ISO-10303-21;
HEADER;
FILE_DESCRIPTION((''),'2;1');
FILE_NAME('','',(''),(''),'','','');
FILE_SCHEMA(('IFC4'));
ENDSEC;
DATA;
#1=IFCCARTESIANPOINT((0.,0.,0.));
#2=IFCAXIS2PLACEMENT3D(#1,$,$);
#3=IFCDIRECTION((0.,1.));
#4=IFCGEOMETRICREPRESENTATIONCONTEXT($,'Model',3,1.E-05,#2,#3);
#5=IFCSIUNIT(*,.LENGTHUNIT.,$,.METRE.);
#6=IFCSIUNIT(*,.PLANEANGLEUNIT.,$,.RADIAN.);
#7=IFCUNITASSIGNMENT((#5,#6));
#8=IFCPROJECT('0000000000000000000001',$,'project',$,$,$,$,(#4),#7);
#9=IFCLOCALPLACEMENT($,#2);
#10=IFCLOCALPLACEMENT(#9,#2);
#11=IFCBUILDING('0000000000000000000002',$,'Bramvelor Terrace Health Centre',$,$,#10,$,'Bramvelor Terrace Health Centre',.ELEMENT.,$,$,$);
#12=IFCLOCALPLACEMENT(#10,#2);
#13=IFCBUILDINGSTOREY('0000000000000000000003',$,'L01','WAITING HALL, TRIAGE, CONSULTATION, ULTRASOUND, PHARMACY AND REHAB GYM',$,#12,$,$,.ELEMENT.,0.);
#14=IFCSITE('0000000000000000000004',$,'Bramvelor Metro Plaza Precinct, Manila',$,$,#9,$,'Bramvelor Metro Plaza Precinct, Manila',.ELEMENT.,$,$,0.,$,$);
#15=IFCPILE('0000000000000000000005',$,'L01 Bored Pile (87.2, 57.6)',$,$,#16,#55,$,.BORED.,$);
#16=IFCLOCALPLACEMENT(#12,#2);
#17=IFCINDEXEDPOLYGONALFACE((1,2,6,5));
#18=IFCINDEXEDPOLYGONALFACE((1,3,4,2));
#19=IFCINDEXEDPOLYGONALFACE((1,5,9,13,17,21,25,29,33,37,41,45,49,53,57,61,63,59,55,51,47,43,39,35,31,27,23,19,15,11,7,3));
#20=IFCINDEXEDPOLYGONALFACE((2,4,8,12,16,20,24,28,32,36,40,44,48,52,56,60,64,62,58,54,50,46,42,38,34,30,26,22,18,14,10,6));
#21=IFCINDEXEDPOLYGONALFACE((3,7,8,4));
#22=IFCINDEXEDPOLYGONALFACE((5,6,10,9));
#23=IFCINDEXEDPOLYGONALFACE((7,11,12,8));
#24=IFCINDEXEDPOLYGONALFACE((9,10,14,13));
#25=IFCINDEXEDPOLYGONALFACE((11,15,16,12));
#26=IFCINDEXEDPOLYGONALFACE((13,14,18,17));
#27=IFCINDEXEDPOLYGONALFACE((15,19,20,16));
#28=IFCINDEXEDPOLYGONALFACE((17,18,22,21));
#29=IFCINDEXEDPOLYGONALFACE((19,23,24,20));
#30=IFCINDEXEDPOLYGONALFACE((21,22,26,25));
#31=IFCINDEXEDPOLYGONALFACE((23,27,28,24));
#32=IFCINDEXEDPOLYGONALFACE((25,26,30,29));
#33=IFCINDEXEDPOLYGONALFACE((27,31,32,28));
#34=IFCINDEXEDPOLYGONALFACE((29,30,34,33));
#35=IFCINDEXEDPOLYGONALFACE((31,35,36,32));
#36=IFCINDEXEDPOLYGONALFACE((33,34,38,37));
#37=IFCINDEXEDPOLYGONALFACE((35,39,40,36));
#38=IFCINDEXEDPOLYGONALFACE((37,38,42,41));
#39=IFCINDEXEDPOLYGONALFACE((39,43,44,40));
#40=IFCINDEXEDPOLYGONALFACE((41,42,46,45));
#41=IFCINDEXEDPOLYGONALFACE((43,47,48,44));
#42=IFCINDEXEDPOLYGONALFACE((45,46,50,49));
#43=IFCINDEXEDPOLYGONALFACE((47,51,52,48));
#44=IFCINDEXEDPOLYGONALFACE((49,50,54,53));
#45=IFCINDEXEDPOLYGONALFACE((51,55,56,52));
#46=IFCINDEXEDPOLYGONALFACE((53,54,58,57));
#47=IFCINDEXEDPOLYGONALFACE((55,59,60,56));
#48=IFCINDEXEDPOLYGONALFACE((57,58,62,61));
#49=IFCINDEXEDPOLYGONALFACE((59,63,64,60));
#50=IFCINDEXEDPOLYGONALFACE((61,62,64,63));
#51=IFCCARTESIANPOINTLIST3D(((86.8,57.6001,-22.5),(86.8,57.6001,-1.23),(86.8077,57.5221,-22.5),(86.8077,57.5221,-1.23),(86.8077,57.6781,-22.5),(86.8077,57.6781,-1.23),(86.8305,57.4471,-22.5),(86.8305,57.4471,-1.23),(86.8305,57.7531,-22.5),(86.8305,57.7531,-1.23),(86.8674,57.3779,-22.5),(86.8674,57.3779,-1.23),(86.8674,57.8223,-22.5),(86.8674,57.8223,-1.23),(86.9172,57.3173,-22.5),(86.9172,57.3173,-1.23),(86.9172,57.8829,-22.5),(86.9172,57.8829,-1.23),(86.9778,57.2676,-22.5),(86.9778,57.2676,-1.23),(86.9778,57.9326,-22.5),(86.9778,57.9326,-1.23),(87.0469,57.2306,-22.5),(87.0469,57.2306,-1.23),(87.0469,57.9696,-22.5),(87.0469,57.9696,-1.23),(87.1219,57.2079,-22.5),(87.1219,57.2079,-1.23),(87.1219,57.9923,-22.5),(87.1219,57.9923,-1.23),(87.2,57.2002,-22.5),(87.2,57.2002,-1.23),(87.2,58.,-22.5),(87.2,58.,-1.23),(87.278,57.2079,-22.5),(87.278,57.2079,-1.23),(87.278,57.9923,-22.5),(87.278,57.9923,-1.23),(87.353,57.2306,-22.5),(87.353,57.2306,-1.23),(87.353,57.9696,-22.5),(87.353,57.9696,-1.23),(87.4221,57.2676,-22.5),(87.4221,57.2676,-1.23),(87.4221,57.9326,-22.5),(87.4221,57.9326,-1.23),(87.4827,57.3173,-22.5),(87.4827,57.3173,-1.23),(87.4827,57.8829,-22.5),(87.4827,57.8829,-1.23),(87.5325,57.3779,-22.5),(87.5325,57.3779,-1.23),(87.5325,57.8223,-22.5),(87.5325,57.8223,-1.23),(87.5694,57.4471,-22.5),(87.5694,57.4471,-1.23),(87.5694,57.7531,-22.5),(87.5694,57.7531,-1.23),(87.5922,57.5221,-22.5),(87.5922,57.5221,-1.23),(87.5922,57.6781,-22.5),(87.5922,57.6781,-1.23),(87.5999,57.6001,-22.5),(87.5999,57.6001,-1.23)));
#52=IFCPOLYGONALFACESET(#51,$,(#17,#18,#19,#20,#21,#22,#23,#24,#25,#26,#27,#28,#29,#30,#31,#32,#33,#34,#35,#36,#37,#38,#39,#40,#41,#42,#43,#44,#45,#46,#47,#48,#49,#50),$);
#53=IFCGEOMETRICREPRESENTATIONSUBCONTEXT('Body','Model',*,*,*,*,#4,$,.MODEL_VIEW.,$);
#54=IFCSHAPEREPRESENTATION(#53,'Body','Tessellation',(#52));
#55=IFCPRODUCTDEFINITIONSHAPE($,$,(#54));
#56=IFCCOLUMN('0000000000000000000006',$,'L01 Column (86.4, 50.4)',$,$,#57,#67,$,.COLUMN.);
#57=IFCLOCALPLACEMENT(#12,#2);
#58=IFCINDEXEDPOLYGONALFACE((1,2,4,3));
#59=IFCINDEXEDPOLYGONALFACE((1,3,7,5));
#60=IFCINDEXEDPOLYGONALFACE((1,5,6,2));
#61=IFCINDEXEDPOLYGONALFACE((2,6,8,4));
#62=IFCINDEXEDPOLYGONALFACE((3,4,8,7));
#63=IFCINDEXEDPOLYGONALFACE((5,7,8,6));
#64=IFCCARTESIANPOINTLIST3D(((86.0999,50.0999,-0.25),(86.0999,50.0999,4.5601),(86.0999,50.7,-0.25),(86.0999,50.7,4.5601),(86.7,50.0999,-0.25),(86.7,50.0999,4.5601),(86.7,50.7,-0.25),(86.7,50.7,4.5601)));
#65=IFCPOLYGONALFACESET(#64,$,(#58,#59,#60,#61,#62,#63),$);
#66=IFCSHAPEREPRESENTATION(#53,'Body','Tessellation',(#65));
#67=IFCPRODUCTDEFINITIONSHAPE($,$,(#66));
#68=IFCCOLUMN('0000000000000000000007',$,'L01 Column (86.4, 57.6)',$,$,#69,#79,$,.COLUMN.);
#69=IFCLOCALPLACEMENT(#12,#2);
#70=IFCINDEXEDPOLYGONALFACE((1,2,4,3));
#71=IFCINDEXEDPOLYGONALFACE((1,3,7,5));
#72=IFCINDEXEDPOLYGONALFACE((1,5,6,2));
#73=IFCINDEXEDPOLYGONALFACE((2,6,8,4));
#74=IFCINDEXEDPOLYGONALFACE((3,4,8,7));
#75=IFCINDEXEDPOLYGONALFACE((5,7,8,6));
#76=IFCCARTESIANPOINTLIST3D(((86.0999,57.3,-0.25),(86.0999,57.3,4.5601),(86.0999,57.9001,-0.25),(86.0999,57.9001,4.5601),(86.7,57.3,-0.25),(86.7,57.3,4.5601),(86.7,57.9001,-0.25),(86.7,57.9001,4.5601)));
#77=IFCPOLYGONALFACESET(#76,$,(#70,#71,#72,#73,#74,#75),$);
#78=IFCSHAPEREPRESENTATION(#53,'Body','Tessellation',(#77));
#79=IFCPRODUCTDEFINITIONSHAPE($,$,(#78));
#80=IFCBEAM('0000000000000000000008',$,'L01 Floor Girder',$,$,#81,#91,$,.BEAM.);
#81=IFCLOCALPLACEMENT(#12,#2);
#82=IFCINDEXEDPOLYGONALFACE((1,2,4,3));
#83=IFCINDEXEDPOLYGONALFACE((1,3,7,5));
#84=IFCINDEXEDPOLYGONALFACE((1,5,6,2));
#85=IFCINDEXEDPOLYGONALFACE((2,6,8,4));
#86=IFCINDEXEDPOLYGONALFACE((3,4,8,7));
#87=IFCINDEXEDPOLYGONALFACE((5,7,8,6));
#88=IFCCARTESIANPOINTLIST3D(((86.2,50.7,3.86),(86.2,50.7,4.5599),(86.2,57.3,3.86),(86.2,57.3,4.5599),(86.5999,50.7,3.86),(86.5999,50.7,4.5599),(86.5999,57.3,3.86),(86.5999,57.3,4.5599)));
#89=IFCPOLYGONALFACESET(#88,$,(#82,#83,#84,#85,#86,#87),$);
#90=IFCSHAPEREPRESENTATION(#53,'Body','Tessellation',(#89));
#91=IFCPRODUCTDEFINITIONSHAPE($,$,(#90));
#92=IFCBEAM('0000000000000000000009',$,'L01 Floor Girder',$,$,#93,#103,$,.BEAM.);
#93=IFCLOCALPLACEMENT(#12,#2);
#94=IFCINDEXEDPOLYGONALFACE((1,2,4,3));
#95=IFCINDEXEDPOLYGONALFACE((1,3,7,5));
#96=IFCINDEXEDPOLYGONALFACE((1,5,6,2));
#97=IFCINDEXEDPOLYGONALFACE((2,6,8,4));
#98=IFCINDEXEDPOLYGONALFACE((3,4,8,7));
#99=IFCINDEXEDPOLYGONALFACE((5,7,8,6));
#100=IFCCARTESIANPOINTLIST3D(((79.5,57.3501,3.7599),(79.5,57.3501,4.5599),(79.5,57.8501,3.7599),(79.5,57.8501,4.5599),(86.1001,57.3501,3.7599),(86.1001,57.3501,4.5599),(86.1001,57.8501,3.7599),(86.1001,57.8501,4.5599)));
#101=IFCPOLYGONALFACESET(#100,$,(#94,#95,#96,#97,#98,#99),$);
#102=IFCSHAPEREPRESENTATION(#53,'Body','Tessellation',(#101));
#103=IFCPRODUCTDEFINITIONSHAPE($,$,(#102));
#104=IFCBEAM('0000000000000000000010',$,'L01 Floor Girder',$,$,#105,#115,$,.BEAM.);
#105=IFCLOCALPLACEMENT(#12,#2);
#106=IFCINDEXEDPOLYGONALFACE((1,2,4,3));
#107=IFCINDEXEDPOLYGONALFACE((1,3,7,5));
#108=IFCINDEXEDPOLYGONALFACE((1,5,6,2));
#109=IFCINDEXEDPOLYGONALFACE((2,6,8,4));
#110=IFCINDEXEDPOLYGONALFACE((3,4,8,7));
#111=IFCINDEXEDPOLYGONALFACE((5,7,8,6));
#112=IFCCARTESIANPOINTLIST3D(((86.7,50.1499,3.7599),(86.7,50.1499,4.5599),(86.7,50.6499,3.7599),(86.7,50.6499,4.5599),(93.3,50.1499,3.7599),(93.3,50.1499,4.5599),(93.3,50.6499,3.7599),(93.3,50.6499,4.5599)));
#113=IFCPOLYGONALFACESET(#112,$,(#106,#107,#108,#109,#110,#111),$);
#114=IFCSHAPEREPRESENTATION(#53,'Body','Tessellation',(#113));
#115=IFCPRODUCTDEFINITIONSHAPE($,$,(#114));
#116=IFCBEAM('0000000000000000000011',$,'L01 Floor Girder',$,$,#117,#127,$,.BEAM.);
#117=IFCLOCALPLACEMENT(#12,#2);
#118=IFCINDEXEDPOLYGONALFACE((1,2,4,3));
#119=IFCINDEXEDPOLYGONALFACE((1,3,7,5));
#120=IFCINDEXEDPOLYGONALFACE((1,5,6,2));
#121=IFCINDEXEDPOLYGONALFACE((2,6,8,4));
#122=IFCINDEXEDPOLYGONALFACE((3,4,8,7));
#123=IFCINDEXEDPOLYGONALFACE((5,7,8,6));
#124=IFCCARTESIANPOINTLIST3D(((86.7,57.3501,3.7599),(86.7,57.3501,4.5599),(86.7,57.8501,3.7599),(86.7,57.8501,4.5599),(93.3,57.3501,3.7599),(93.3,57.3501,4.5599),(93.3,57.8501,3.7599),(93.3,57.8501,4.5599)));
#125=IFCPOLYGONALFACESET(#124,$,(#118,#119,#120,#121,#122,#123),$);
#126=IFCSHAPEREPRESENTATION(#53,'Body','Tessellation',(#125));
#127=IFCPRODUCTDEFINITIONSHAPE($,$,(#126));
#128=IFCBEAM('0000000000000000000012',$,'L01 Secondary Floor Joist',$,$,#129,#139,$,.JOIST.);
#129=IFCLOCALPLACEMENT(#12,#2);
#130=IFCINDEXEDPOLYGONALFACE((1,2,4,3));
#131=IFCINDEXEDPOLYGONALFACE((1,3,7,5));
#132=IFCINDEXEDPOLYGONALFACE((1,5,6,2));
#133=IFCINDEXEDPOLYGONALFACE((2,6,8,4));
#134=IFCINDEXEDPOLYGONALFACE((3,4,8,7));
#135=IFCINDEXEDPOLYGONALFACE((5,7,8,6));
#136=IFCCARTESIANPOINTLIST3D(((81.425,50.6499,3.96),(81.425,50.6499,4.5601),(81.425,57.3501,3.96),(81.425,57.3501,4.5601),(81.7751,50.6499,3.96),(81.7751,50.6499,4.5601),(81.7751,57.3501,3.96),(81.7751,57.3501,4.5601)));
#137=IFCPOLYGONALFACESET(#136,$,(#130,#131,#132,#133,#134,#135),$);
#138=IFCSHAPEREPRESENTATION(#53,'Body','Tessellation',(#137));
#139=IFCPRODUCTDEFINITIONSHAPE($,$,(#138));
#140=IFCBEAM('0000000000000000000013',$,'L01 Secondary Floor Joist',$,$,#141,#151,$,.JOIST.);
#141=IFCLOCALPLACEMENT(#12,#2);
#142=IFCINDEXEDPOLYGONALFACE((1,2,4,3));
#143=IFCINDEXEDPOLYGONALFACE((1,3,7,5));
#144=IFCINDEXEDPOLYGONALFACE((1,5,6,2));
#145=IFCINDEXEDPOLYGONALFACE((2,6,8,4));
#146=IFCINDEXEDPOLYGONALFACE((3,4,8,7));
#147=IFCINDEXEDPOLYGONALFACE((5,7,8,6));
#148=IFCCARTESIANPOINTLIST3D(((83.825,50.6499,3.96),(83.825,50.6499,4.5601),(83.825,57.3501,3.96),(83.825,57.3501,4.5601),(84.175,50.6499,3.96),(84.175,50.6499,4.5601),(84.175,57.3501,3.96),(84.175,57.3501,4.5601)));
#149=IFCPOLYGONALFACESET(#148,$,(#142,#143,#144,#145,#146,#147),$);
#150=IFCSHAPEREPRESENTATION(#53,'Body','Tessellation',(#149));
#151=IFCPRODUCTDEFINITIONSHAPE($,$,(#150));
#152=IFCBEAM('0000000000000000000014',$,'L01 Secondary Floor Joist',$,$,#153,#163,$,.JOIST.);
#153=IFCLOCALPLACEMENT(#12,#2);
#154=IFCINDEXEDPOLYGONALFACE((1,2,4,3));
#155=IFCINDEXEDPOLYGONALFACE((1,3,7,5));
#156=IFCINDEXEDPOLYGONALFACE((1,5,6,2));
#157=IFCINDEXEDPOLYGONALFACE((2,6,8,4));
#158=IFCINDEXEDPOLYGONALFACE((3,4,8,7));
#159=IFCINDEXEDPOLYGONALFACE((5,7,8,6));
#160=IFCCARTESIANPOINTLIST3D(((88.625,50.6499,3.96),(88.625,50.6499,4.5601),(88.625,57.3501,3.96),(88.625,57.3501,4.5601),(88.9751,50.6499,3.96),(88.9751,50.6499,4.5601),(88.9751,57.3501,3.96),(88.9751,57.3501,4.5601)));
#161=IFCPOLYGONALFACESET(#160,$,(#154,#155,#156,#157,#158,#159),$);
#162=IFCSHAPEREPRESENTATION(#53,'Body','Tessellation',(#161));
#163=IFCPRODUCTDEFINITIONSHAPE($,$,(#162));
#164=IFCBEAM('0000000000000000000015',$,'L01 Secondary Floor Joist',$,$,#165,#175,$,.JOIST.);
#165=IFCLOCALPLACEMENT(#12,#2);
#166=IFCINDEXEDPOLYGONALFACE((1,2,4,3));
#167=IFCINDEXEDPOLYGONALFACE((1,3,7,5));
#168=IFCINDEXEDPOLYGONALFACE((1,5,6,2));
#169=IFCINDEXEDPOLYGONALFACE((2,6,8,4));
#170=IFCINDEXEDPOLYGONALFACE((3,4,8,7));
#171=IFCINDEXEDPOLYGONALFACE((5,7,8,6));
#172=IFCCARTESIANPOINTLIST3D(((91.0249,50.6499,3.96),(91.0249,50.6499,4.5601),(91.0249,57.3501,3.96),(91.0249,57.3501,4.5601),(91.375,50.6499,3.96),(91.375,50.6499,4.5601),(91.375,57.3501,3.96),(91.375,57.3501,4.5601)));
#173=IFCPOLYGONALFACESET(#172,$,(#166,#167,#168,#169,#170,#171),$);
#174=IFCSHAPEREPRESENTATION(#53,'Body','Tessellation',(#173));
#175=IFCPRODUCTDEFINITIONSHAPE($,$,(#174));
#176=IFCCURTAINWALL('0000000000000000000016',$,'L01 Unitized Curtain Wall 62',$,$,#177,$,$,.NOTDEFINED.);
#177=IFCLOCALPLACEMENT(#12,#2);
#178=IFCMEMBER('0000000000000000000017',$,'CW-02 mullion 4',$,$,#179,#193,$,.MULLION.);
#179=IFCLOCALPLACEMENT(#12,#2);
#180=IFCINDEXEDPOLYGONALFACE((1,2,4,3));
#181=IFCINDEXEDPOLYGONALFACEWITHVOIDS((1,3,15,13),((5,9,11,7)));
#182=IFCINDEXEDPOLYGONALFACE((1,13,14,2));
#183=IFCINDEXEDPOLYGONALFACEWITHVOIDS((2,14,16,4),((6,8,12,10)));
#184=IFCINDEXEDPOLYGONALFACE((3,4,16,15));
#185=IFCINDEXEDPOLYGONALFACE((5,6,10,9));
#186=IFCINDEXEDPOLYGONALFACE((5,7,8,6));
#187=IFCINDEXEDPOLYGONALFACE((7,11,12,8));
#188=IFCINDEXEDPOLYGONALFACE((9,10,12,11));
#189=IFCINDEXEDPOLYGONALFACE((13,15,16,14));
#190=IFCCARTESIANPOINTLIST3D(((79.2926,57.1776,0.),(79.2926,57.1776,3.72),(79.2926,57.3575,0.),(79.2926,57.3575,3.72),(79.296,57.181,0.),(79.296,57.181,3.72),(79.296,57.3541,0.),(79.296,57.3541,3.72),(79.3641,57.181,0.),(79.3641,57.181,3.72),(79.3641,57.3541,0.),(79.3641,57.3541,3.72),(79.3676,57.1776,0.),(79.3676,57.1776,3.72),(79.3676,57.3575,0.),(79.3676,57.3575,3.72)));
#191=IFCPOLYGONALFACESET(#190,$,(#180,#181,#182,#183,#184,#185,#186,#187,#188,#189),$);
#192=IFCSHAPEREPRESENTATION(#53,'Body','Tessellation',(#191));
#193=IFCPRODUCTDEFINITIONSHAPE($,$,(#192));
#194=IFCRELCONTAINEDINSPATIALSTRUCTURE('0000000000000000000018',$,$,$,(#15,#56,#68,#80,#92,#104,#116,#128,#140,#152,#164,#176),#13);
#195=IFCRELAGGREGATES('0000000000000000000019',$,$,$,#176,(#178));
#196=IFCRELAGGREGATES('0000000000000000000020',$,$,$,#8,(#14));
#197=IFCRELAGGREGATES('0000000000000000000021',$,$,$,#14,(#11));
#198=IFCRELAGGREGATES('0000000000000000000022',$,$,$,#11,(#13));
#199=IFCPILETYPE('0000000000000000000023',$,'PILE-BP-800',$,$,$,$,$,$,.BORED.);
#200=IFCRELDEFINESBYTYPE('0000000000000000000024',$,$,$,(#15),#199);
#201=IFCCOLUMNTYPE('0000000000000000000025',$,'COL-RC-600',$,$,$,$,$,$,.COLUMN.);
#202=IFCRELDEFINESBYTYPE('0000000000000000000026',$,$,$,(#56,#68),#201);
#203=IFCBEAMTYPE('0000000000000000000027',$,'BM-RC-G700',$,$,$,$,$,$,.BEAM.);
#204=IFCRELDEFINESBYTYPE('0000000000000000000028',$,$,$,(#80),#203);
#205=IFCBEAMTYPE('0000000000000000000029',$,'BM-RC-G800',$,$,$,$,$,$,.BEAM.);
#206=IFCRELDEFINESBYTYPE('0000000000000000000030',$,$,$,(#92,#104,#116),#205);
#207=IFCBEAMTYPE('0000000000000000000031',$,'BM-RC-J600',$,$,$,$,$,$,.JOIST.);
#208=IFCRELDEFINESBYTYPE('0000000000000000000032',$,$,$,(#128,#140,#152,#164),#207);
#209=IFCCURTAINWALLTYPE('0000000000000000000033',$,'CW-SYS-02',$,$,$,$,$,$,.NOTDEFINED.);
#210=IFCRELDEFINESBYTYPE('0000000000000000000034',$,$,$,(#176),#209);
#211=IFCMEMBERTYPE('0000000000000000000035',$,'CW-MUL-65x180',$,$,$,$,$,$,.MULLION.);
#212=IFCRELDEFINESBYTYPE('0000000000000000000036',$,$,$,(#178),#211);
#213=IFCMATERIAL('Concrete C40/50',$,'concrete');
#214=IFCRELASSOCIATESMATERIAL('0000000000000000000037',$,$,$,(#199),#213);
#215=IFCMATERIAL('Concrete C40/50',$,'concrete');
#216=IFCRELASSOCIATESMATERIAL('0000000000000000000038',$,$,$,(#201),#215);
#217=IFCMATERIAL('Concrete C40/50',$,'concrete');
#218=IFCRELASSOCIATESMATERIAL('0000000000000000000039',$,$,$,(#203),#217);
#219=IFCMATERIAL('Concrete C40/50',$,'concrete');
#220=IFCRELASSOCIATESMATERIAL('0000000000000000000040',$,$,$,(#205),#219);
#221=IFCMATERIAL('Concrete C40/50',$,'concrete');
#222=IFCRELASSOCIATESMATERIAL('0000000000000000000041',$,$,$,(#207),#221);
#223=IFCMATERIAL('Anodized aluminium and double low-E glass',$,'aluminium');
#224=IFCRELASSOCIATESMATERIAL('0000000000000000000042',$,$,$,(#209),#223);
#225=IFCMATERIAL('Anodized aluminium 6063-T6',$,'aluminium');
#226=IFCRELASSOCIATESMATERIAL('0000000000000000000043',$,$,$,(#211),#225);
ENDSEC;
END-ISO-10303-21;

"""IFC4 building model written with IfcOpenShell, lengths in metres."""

from ifc_helpers import new_model, si_unit, direction, frame, origin, origin_2d, place, context, subcontext, project, spatial, rectangle, hollow_rectangle, circle, extrude, material, material_profile, profile_set, type_object, element, aggregate, save


model = new_model("IFC4")

# Units and contexts
model_context = context("Model", 3, precision=1e-05, world=origin(), true_north=direction((0.0, 1.0)))
body_context = subcontext(model_context, "Body", "Model", "MODEL_VIEW")
ifc_project = project(units=[si_unit("LENGTHUNIT", "METRE"), si_unit("PLANEANGLEUNIT", "RADIAN")], contexts=[model_context])

# Site, building, storey
site_placement = place(None, origin())
site = spatial("IfcSite", under=ifc_project, at=site_placement, Name="Bramvelor Metro Plaza Precinct, Manila", LongName="Bramvelor Metro Plaza Precinct, Manila", CompositionType="ELEMENT", RefElevation=0.0)
building_placement = place(site_placement, origin())
building = spatial("IfcBuilding", under=site, at=building_placement, Name="Bramvelor Terrace Health Centre", LongName="Bramvelor Terrace Health Centre", CompositionType="ELEMENT")
storey_placement = place(building_placement, origin())
storey = spatial("IfcBuildingStorey", under=building, at=storey_placement, Name="L01", Description="WAITING HALL, TRIAGE, CONSULTATION, ULTRASOUND, PHARMACY AND REHAB GYM", CompositionType="ELEMENT", Elevation=0.0)

# Pile
ifc_material_1 = material(Name="Concrete C40/50", Category="concrete")
ifc_material_profile_1 = material_profile(ifc_material_1, circle(Radius=0.3999, at=origin_2d()), Name="BP D800")
ifc_profile_set_1 = profile_set([ifc_material_profile_1], Name="Concrete C40/50")
pile_type = type_object("IfcPileType", Name="PILE-BP-800", PredefinedType="BORED", material=ifc_profile_set_1)
for number, where, z_axis, x_axis, name in (
    (1, (87.2, 57.6001, -1.23), (0.0, 0.0, -1.0), (1.0, 0.0, 0.0), "L01 Bored Pile (87.2, 57.6)"),
):
    element("IfcPile", number, at=place(storey_placement, frame(where, z_axis=z_axis, x_axis=x_axis)), inside=storey, type_object=pile_type, Name=name, PredefinedType="BORED", context=body_context, shape_type="SweptSolid", body=[
        extrude(circle(Radius=0.3999, at=origin_2d()), origin(), (0.0, 0.0, 1.0), 21.27),
    ])

# Columns
ifc_material_2 = material(Name="Concrete C40/50", Category="concrete")
ifc_material_profile_2 = material_profile(ifc_material_2, rectangle(XDim=0.6001, YDim=0.6001, at=origin_2d()), Name="RC 600x600")
ifc_profile_set_2 = profile_set([ifc_material_profile_2], Name="Concrete C40/50")
column_type = type_object("IfcColumnType", Name="COL-RC-600", PredefinedType="COLUMN", material=ifc_profile_set_2)
for number, where, z_axis, x_axis, name in (
    (2, (86.3999, 50.3999, -0.25), (0.0, 0.0, 1.0), (1.0, 0.0, 0.0), "L01 Column (86.4, 50.4)"),
    (3, (86.3999, 57.6001, -0.25), (0.0, 0.0, 1.0), (1.0, 0.0, 0.0), "L01 Column (86.4, 57.6)"),
):
    element("IfcColumn", number, at=place(storey_placement, frame(where, z_axis=z_axis, x_axis=x_axis)), inside=storey, type_object=column_type, Name=name, PredefinedType="COLUMN", context=body_context, shape_type="SweptSolid", body=[
        extrude(rectangle(XDim=0.6001, YDim=0.6001, at=origin_2d()), origin(), (0.0, 0.0, 1.0), 4.8101),
    ])

# Beams
ifc_material_3 = material(Name="Concrete C40/50", Category="concrete")
ifc_material_profile_3 = material_profile(ifc_material_3, rectangle(XDim=0.3999, YDim=0.7, at=origin_2d()), Name="RC 400x700")
ifc_profile_set_3 = profile_set([ifc_material_profile_3], Name="Concrete C40/50")
beam_type_1 = type_object("IfcBeamType", Name="BM-RC-G700", PredefinedType="BEAM", material=ifc_profile_set_3)
beam_placement = place(storey_placement, frame((86.3999, 50.7, 4.21), z_axis=(0.0, 1.0, 0.0), x_axis=(-1.0, 0.0, 0.0)))
element("IfcBeam", 4, at=beam_placement, inside=storey, type_object=beam_type_1, Name="L01 Floor Girder", PredefinedType="BEAM", context=body_context, shape_type="SweptSolid", body=[
    extrude(rectangle(XDim=0.3999, YDim=0.7, at=origin_2d()), origin(), (0.0, 0.0, 1.0), 6.6001),
])
ifc_material_4 = material(Name="Concrete C40/50", Category="concrete")
ifc_material_profile_4 = material_profile(ifc_material_4, rectangle(XDim=0.5, YDim=0.8, at=origin_2d()), Name="RC 500x800")
ifc_profile_set_4 = profile_set([ifc_material_profile_4], Name="Concrete C40/50")
beam_type_2 = type_object("IfcBeamType", Name="BM-RC-G800", PredefinedType="BEAM", material=ifc_profile_set_4)
for number, where, z_axis, x_axis, name in (
    (5, (79.5, 57.6001, 4.1599), (1.0, 0.0, 0.0), (0.0, 1.0, 0.0), "L01 Floor Girder"),
    (6, (86.7, 50.3999, 4.1599), (1.0, 0.0, 0.0), (0.0, 1.0, 0.0), "L01 Floor Girder"),
    (7, (86.7, 57.6001, 4.1599), (1.0, 0.0, 0.0), (0.0, 1.0, 0.0), "L01 Floor Girder"),
):
    element("IfcBeam", number, at=place(storey_placement, frame(where, z_axis=z_axis, x_axis=x_axis)), inside=storey, type_object=beam_type_2, Name=name, PredefinedType="BEAM", context=body_context, shape_type="SweptSolid", body=[
        extrude(rectangle(XDim=0.5, YDim=0.8, at=origin_2d()), origin(), (0.0, 0.0, 1.0), 6.6001),
    ])
ifc_material_5 = material(Name="Concrete C40/50", Category="concrete")
ifc_material_profile_5 = material_profile(ifc_material_5, rectangle(XDim=0.3501, YDim=0.6001, at=origin_2d()), Name="RC 350x600")
ifc_profile_set_5 = profile_set([ifc_material_profile_5], Name="Concrete C40/50")
beam_type_3 = type_object("IfcBeamType", Name="BM-RC-J600", PredefinedType="JOIST", material=ifc_profile_set_5)
for number, where, z_axis, x_axis, name in (
    (8, (81.6001, 50.6499, 4.26), (0.0, 1.0, 0.0), (-1.0, 0.0, 0.0), "L01 Secondary Floor Joist"),
    (9, (84.0, 50.6499, 4.26), (0.0, 1.0, 0.0), (-1.0, 0.0, 0.0), "L01 Secondary Floor Joist"),
    (10, (88.8, 50.6499, 4.26), (0.0, 1.0, 0.0), (-1.0, 0.0, 0.0), "L01 Secondary Floor Joist"),
    (11, (91.2, 50.6499, 4.26), (0.0, 1.0, 0.0), (-1.0, 0.0, 0.0), "L01 Secondary Floor Joist"),
):
    element("IfcBeam", number, at=place(storey_placement, frame(where, z_axis=z_axis, x_axis=x_axis)), inside=storey, type_object=beam_type_3, Name=name, PredefinedType="JOIST", context=body_context, shape_type="SweptSolid", body=[
        extrude(rectangle(XDim=0.3501, YDim=0.6001, at=origin_2d()), origin(), (0.0, 0.0, 1.0), 6.7002),
    ])

# Curtain wall, member
ifc_material_6 = material(Name="Anodized aluminium and double low-E glass", Category="aluminium")
curtain_wall_type = type_object("IfcCurtainWallType", Name="CW-SYS-02", PredefinedType="NOTDEFINED", material=ifc_material_6)
curtain_wall_placement = place(storey_placement, origin())
curtain_wall = element("IfcCurtainWall", 12, at=curtain_wall_placement, inside=storey, type_object=curtain_wall_type, Name="L01 Unitized Curtain Wall 62", PredefinedType="NOTDEFINED")
ifc_material_7 = material(Name="Anodized aluminium 6063-T6", Category="aluminium")
ifc_material_profile_6 = material_profile(ifc_material_7, hollow_rectangle(XDim=0.075, YDim=0.1799, WallThickness=0.0034, at=origin_2d()), Name="ALU-MUL 75x180x3.5")
ifc_profile_set_6 = profile_set([ifc_material_profile_6], Name="Anodized aluminium 6063-T6")
member_type = type_object("IfcMemberType", Name="CW-MUL-65x180", PredefinedType="MULLION", material=ifc_profile_set_6)
member_placement = place(storey_placement, frame((79.3301, 57.2676, 0.0), z_axis=(0.0, 0.0, 1.0), x_axis=(-1.0, 0.0, 0.0)))
member = element("IfcMember", 13, at=member_placement, type_object=member_type, Name="CW-02 mullion 4", PredefinedType="MULLION", context=body_context, shape_type="SweptSolid", body=[
    extrude(hollow_rectangle(XDim=0.075, YDim=0.1799, WallThickness=0.0034, at=origin_2d()), origin(), (0.0, 0.0, 1.0), 3.72),
])
aggregate(curtain_wall, [member])

save(model, "model.ifc")
